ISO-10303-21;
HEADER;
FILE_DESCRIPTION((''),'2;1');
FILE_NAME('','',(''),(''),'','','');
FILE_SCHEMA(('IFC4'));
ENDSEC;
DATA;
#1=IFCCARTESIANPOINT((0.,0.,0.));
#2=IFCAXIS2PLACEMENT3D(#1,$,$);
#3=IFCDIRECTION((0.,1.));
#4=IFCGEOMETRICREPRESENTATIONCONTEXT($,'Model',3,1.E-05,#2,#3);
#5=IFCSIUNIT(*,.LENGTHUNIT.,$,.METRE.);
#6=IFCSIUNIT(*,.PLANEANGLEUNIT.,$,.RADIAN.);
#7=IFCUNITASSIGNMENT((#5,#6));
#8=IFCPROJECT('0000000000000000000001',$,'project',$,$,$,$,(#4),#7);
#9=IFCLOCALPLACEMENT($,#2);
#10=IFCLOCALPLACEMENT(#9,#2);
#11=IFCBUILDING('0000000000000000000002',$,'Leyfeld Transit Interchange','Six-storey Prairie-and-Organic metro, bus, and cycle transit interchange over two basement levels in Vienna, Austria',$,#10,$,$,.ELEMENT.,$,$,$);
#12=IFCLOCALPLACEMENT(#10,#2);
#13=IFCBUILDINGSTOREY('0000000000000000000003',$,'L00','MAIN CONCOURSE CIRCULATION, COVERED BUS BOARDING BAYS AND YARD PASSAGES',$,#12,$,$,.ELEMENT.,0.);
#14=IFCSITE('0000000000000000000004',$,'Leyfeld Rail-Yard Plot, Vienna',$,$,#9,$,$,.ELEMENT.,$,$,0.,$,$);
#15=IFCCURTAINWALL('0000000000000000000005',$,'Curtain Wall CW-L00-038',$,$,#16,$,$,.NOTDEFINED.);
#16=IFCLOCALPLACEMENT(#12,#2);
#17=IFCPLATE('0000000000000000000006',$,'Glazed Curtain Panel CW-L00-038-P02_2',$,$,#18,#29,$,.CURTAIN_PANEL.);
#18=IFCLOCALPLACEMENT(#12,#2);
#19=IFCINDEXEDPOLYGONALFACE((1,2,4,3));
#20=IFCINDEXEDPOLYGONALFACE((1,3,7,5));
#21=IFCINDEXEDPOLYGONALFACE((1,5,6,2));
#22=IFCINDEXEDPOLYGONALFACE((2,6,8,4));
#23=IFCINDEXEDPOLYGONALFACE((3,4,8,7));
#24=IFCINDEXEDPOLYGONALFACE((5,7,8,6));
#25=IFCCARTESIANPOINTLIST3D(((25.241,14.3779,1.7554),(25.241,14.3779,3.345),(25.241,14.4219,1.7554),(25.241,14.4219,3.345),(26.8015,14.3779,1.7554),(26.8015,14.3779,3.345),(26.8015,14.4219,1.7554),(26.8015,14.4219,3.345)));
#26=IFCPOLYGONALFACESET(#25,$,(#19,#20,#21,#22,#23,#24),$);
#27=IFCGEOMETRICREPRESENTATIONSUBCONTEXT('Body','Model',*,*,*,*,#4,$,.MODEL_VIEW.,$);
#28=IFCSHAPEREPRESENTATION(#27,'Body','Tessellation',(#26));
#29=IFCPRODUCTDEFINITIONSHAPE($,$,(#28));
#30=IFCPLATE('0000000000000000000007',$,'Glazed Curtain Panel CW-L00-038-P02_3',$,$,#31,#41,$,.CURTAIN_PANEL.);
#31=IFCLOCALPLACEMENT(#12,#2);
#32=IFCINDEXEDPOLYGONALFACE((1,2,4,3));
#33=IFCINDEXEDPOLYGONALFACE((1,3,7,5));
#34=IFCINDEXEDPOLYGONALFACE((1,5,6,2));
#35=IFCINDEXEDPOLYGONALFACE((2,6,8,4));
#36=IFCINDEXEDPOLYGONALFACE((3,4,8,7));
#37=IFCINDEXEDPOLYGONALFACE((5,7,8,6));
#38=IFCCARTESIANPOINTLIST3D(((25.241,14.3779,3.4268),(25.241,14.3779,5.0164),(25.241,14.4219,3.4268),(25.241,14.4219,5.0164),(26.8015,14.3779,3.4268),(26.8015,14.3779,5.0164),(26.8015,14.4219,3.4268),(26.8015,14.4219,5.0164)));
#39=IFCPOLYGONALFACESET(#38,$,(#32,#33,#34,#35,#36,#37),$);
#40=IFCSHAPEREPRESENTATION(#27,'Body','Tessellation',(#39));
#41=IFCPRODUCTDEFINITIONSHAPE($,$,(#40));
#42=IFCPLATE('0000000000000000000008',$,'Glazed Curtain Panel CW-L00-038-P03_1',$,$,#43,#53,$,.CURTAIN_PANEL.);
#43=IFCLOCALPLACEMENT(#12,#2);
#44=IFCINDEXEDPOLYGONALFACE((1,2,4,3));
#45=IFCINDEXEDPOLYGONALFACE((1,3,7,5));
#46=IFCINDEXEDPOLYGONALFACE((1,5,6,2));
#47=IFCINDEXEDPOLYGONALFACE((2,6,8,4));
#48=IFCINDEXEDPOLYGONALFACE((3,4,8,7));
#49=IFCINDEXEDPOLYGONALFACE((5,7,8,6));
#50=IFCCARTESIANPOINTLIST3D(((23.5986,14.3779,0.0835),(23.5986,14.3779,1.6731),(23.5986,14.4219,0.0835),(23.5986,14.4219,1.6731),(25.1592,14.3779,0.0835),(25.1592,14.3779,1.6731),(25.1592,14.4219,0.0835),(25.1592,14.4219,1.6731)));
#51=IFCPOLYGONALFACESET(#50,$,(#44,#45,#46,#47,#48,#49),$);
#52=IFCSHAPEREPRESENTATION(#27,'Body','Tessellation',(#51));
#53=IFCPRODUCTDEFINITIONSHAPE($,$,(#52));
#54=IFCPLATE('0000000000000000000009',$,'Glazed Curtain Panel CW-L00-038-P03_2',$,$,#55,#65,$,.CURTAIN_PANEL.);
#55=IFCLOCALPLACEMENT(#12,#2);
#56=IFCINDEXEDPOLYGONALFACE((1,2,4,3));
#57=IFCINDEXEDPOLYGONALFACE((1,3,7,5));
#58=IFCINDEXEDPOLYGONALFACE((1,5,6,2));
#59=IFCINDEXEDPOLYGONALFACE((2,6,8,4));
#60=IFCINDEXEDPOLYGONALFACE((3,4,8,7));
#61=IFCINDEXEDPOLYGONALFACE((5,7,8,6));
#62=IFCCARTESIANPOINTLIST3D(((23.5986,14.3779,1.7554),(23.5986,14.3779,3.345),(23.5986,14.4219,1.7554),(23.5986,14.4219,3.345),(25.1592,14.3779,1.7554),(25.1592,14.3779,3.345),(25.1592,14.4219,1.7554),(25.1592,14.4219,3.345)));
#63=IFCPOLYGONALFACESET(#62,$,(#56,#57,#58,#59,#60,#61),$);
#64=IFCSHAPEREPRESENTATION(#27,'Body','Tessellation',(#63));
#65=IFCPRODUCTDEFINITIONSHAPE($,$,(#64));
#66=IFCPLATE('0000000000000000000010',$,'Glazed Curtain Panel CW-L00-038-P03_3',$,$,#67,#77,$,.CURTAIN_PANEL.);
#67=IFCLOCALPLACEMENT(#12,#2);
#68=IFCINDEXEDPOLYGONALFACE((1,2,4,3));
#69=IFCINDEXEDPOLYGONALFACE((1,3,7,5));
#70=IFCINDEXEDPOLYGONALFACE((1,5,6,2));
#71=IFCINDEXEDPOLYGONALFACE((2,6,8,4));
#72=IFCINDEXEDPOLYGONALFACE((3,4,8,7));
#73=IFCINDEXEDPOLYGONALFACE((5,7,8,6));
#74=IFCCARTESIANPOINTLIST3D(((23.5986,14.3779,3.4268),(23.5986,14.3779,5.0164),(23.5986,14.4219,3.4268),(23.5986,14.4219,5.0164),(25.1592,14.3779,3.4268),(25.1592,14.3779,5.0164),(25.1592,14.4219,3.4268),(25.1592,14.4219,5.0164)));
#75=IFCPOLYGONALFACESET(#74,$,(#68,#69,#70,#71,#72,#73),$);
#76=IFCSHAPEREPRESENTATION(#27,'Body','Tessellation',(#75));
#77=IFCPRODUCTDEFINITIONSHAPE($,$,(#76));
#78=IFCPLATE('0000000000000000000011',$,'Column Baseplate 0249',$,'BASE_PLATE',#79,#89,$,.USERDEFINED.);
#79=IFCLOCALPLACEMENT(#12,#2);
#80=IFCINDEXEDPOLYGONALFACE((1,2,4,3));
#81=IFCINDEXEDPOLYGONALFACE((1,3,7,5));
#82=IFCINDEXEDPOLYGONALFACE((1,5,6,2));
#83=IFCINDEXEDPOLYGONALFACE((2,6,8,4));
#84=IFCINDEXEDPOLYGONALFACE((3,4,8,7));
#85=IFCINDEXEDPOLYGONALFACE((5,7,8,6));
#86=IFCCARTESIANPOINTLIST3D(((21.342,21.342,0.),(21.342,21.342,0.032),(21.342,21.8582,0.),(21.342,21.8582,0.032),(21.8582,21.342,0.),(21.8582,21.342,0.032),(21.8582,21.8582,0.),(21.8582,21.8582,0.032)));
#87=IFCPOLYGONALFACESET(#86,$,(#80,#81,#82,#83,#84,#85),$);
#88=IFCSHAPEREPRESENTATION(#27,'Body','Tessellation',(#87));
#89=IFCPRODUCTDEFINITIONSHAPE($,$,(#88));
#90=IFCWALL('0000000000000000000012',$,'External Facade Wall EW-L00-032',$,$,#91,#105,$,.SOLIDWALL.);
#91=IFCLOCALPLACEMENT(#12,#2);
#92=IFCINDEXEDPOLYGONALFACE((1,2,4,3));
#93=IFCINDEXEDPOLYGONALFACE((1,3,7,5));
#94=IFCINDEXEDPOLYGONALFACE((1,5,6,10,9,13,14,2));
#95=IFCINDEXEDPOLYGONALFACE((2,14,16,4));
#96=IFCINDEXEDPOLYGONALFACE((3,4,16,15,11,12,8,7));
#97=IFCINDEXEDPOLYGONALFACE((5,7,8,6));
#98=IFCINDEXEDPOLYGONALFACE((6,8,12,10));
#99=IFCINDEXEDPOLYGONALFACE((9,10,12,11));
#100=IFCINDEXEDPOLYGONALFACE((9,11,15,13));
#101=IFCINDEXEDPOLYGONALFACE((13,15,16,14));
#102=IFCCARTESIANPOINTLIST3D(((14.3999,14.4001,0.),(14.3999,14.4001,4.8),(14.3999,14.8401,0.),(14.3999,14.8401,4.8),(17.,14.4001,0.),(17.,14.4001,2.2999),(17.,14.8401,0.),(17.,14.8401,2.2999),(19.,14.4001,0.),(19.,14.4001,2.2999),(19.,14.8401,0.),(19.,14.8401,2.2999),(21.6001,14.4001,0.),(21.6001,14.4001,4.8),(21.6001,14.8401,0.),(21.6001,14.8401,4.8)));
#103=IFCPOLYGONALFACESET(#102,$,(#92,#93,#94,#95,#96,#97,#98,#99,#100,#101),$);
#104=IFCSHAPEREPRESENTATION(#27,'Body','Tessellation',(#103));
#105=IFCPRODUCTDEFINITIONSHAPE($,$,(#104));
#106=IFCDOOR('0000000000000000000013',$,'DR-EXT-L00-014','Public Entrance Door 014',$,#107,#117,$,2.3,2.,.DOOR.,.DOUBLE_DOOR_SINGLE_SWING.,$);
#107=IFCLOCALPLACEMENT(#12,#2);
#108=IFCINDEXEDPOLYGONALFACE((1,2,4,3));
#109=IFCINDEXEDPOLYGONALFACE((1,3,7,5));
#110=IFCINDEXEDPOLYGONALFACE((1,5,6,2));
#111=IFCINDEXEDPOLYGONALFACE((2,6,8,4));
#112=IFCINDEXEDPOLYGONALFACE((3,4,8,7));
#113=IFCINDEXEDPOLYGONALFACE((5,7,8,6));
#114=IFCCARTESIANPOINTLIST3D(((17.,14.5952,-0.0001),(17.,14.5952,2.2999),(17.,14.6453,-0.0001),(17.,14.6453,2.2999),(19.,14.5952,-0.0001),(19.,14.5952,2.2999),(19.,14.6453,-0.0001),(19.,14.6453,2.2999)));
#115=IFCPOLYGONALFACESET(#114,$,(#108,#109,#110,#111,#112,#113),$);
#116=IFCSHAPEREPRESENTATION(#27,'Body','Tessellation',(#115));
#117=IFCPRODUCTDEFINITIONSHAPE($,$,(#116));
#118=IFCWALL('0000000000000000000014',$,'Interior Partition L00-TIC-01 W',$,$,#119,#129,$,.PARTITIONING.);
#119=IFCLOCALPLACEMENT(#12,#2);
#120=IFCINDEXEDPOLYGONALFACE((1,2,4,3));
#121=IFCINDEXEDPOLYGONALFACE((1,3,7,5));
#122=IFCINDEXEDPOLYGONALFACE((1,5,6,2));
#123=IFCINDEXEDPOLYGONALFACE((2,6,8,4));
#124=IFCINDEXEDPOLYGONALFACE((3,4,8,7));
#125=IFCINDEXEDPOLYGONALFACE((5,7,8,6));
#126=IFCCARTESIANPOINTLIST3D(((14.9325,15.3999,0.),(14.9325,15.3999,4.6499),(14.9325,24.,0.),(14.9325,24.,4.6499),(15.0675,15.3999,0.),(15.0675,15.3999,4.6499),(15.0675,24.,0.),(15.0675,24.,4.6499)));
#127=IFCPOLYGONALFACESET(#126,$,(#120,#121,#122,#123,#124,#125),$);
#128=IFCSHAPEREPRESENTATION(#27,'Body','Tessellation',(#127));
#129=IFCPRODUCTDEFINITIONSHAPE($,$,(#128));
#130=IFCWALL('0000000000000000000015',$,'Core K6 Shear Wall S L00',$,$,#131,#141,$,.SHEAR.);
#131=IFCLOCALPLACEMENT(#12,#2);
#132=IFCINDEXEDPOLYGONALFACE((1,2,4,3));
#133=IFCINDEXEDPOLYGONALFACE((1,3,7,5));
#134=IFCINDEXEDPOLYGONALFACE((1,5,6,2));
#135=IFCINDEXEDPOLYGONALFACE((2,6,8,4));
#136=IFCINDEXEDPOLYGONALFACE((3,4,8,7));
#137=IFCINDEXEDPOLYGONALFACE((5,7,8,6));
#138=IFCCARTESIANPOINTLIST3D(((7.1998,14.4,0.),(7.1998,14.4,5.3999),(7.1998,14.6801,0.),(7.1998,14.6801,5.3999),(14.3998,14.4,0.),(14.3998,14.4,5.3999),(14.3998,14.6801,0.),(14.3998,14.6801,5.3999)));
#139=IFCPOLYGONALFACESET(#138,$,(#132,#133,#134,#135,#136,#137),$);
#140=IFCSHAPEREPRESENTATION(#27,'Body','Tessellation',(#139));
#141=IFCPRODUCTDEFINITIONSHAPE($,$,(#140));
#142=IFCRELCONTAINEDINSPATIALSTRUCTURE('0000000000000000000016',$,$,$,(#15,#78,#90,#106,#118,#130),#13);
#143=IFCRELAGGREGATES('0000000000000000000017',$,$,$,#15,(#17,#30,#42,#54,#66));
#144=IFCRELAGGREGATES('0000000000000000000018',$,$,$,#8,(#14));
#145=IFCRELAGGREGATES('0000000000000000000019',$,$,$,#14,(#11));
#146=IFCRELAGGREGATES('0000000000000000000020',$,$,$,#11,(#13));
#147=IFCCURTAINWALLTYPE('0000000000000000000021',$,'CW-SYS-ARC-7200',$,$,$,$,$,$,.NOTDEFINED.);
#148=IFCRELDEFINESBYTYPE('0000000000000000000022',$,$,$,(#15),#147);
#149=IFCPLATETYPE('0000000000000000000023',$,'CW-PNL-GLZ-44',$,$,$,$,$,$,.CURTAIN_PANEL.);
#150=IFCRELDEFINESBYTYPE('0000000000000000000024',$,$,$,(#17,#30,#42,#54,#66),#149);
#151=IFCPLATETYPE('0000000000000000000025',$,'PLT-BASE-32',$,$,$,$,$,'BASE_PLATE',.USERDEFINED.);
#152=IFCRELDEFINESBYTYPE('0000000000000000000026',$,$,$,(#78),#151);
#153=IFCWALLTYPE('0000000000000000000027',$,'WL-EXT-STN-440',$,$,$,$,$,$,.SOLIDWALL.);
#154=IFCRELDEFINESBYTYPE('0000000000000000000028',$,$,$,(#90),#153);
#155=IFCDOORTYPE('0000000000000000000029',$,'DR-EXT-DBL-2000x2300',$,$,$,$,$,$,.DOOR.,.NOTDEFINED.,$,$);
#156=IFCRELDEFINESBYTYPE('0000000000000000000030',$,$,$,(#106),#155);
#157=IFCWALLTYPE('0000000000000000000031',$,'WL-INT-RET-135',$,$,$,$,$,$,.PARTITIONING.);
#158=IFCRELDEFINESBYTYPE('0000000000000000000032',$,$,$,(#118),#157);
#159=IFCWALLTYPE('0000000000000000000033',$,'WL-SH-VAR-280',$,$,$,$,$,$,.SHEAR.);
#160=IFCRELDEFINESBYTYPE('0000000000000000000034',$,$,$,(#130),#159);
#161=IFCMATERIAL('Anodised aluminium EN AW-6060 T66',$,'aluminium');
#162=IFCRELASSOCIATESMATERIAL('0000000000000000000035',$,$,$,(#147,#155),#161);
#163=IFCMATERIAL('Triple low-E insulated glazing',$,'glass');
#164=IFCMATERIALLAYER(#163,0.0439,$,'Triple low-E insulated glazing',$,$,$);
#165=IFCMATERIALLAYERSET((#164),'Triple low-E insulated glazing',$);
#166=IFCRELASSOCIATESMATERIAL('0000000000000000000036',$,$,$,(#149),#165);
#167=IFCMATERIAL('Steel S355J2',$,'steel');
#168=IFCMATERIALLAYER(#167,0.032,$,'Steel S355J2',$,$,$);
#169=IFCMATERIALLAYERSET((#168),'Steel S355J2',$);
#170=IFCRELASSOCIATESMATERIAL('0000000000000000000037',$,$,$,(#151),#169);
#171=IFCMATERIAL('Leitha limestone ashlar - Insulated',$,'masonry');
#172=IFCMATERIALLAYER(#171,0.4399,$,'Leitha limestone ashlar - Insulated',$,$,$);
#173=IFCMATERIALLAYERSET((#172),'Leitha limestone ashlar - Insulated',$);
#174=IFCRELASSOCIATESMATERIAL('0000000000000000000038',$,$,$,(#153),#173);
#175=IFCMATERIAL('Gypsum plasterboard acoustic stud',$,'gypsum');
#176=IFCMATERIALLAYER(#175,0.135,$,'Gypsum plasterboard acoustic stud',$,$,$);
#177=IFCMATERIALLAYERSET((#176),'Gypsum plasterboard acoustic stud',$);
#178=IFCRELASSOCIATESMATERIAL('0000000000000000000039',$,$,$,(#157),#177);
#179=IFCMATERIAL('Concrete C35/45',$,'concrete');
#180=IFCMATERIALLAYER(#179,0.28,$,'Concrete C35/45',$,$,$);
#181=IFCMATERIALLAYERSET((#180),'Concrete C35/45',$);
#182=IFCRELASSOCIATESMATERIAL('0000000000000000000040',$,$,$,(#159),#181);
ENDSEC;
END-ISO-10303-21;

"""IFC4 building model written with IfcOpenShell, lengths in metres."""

from ifc_helpers import new_model, si_unit, direction, frame, frame_2d, origin, origin_2d, place, context, subcontext, project, spatial, rectangle, extrude, material, layer, layer_set, type_object, element, fill, aggregate, save


model = new_model("IFC4")

# Units and contexts
model_context = context("Model", 3, precision=1e-05, world=origin(), true_north=direction((0.0, 1.0)))
body_context = subcontext(model_context, "Body", "Model", "MODEL_VIEW")
ifc_project = project(units=[si_unit("LENGTHUNIT", "METRE"), si_unit("PLANEANGLEUNIT", "RADIAN")], contexts=[model_context])

# Site, building, storey
site_placement = place(None, origin())
site = spatial("IfcSite", under=ifc_project, at=site_placement, Name="Leyfeld Rail-Yard Plot, Vienna", CompositionType="ELEMENT", RefElevation=0.0)
building_placement = place(site_placement, origin())
building = spatial("IfcBuilding", under=site, at=building_placement, Name="Leyfeld Transit Interchange", Description="Six-storey Prairie-and-Organic metro, bus, and cycle transit interchange over two basement levels in Vienna, Austria", CompositionType="ELEMENT")
storey_placement = place(building_placement, origin())
storey = spatial("IfcBuildingStorey", under=building, at=storey_placement, Name="L00", Description="MAIN CONCOURSE CIRCULATION, COVERED BUS BOARDING BAYS AND YARD PASSAGES", CompositionType="ELEMENT", Elevation=0.0)

# Shared definitions
ifc_material_1 = material(Name="Steel S355J2", Category="steel")

# Curtain wall, plates
ifc_material_2 = material(Name="Anodised aluminium EN AW-6060 T66", Category="aluminium")
curtain_wall_type = type_object("IfcCurtainWallType", Name="CW-SYS-ARC-7200", PredefinedType="NOTDEFINED", material=ifc_material_2)
curtain_wall_placement = place(storey_placement, origin())
curtain_wall = element("IfcCurtainWall", 1, at=curtain_wall_placement, inside=storey, type_object=curtain_wall_type, Name="Curtain Wall CW-L00-038", PredefinedType="NOTDEFINED")
ifc_material_3 = material(Name="Triple low-E insulated glazing", Category="glass")
ifc_layer_1 = layer(ifc_material_3, 0.0439, Name="Triple low-E insulated glazing")
ifc_layer_set_1 = layer_set([ifc_layer_1], Name="Triple low-E insulated glazing")
plate_type_1 = type_object("IfcPlateType", Name="CW-PNL-GLZ-44", PredefinedType="CURTAIN_PANEL", material=ifc_layer_set_1)
plate_1_placement = place(storey_placement, frame((26.0212, 14.3999, 1.7554), z_axis=(0.0, 0.0, 1.0), x_axis=(-1.0, 0.0, 0.0)))
plate_1 = element("IfcPlate", 2, at=plate_1_placement, type_object=plate_type_1, Name="Glazed Curtain Panel CW-L00-038-P02_2", PredefinedType="CURTAIN_PANEL", context=body_context, shape_type="SweptSolid", body=[
    extrude(rectangle(XDim=1.5605, YDim=0.0439, at=origin_2d()), origin(), (0.0, 0.0, 1.0), 1.5896),
])
plate_2_placement = place(storey_placement, frame((26.0212, 14.3999, 3.4268), z_axis=(0.0, 0.0, 1.0), x_axis=(-1.0, 0.0, 0.0)))
plate_2 = element("IfcPlate", 3, at=plate_2_placement, type_object=plate_type_1, Name="Glazed Curtain Panel CW-L00-038-P02_3", PredefinedType="CURTAIN_PANEL", context=body_context, shape_type="SweptSolid", body=[
    extrude(rectangle(XDim=1.5605, YDim=0.0439, at=origin_2d()), origin(), (0.0, 0.0, 1.0), 1.5896),
])
plate_3_placement = place(storey_placement, frame((24.3789, 14.3999, 0.0835), z_axis=(0.0, 0.0, 1.0), x_axis=(-1.0, 0.0, 0.0)))
plate_3 = element("IfcPlate", 4, at=plate_3_placement, type_object=plate_type_1, Name="Glazed Curtain Panel CW-L00-038-P03_1", PredefinedType="CURTAIN_PANEL", context=body_context, shape_type="SweptSolid", body=[
    extrude(rectangle(XDim=1.5605, YDim=0.0439, at=origin_2d()), origin(), (0.0, 0.0, 1.0), 1.5896),
])
plate_4_placement = place(storey_placement, frame((24.3789, 14.3999, 1.7554), z_axis=(0.0, 0.0, 1.0), x_axis=(-1.0, 0.0, 0.0)))
plate_4 = element("IfcPlate", 5, at=plate_4_placement, type_object=plate_type_1, Name="Glazed Curtain Panel CW-L00-038-P03_2", PredefinedType="CURTAIN_PANEL", context=body_context, shape_type="SweptSolid", body=[
    extrude(rectangle(XDim=1.5605, YDim=0.0439, at=origin_2d()), origin(), (0.0, 0.0, 1.0), 1.5896),
])
plate_5_placement = place(storey_placement, frame((24.3789, 14.3999, 3.4268), z_axis=(0.0, 0.0, 1.0), x_axis=(-1.0, 0.0, 0.0)))
plate_5 = element("IfcPlate", 6, at=plate_5_placement, type_object=plate_type_1, Name="Glazed Curtain Panel CW-L00-038-P03_3", PredefinedType="CURTAIN_PANEL", context=body_context, shape_type="SweptSolid", body=[
    extrude(rectangle(XDim=1.5605, YDim=0.0439, at=origin_2d()), origin(), (0.0, 0.0, 1.0), 1.5896),
])
aggregate(curtain_wall, [plate_1, plate_2, plate_3, plate_4, plate_5])

# Plate
ifc_layer_2 = layer(ifc_material_1, 0.032, Name="Steel S355J2")
ifc_layer_set_2 = layer_set([ifc_layer_2], Name="Steel S355J2")
plate_type_2 = type_object("IfcPlateType", Name="PLT-BASE-32", ElementType="BASE_PLATE", PredefinedType="USERDEFINED", material=ifc_layer_set_2)
plate_6_placement = place(storey_placement, frame((21.6001, 21.6001, 0.0), z_axis=(0.0, 0.0, 1.0), x_axis=(1.0, 0.0, 0.0)))
element("IfcPlate", 7, at=plate_6_placement, inside=storey, type_object=plate_type_2, Name="Column Baseplate 0249", ObjectType="BASE_PLATE", PredefinedType="USERDEFINED", context=body_context, shape_type="SweptSolid", body=[
    extrude(rectangle(XDim=0.5161, YDim=0.5161, at=origin_2d()), origin(), (0.0, 0.0, 1.0), 0.032),
])

# Wall, opening, door
ifc_material_4 = material(Name="Leitha limestone ashlar - Insulated", Category="masonry")
ifc_layer_3 = layer(ifc_material_4, 0.4399, Name="Leitha limestone ashlar - Insulated")
ifc_layer_set_3 = layer_set([ifc_layer_3], Name="Leitha limestone ashlar - Insulated")
wall_type_1 = type_object("IfcWallType", Name="WL-EXT-STN-440", PredefinedType="SOLIDWALL", material=ifc_layer_set_3)
wall_1_placement = place(storey_placement, frame((21.6001, 14.6201, 0.0), z_axis=(0.0, 0.0, 1.0), x_axis=(-1.0, 0.0, 0.0)))
wall_1 = element("IfcWall", 8, at=wall_1_placement, inside=storey, type_object=wall_type_1, Name="External Facade Wall EW-L00-032", PredefinedType="SOLIDWALL", context=body_context, shape_type="SweptSolid", body=[
    extrude(rectangle(XDim=7.2002, YDim=0.4399, at=frame_2d((3.6001, 0.0))), origin(), (0.0, 0.0, 1.0), 4.8),
])
opening_placement = place(wall_1_placement, frame((2.6001, 0.0, 0.0)))
opening = element("IfcOpeningElement", 9, at=opening_placement, cuts=wall_1, PredefinedType="OPENING", context=body_context, shape_type="SweptSolid", body=[
    extrude(rectangle(XDim=2.0, YDim=2.3, at=frame_2d((1.0, 1.1499))), frame((0.0, 0.23, 0.0), z_axis=(0.0, -1.0, 0.0), x_axis=(1.0, 0.0, 0.0)), (0.0, 0.0, 1.0), 0.46),
])
door_type = type_object("IfcDoorType", Name="DR-EXT-DBL-2000x2300", OperationType="NOTDEFINED", PredefinedType="DOOR", material=ifc_material_2)
door_placement = place(opening_placement, origin())
door = element("IfcDoor", 10, at=door_placement, inside=storey, type_object=door_type, Name="DR-EXT-L00-014", Description="Public Entrance Door 014", OperationType="DOUBLE_DOOR_SINGLE_SWING", OverallHeight=2.3, OverallWidth=2.0, PredefinedType="DOOR", context=body_context, shape_type="SweptSolid", body=[
    extrude(rectangle(XDim=2.0, YDim=2.3, at=frame_2d((1.0, 1.1499))), frame((0.0, 0.0249, 0.0), z_axis=(0.0, -1.0, 0.0), x_axis=(1.0, 0.0, 0.0)), (0.0, 0.0, 1.0), 0.05),
])
fill(opening, door)

# Walls
ifc_material_5 = material(Name="Gypsum plasterboard acoustic stud", Category="gypsum")
ifc_layer_4 = layer(ifc_material_5, 0.135, Name="Gypsum plasterboard acoustic stud")
ifc_layer_set_4 = layer_set([ifc_layer_4], Name="Gypsum plasterboard acoustic stud")
wall_type_2 = type_object("IfcWallType", Name="WL-INT-RET-135", PredefinedType="PARTITIONING", material=ifc_layer_set_4)
wall_2_placement = place(storey_placement, frame((15.0, 15.3999, 0.0), z_axis=(0.0, 0.0, 1.0), x_axis=(0.0, 1.0, 0.0)))
element("IfcWall", 11, at=wall_2_placement, inside=storey, type_object=wall_type_2, Name="Interior Partition L00-TIC-01 W", PredefinedType="PARTITIONING", context=body_context, shape_type="SweptSolid", body=[
    extrude(rectangle(XDim=8.6001, YDim=0.135, at=frame_2d((4.3, 0.0))), origin(), (0.0, 0.0, 1.0), 4.6499),
])
ifc_material_6 = material(Name="Concrete C35/45", Category="concrete")
ifc_layer_5 = layer(ifc_material_6, 0.28, Name="Concrete C35/45")
ifc_layer_set_5 = layer_set([ifc_layer_5], Name="Concrete C35/45")
wall_type_3 = type_object("IfcWallType", Name="WL-SH-VAR-280", PredefinedType="SHEAR", material=ifc_layer_set_5)
wall_3_placement = place(storey_placement, frame((14.3999, 14.54, 0.0), z_axis=(0.0, 0.0, 1.0), x_axis=(-1.0, 0.0, 0.0)))
element("IfcWall", 12, at=wall_3_placement, inside=storey, type_object=wall_type_3, Name="Core K6 Shear Wall S L00", PredefinedType="SHEAR", context=body_context, shape_type="SweptSolid", body=[
    extrude(rectangle(XDim=7.2, YDim=0.28, at=frame_2d((3.6001, 0.0))), origin(), (0.0, 0.0, 1.0), 5.3999),
])

save(model, "model.ifc")
